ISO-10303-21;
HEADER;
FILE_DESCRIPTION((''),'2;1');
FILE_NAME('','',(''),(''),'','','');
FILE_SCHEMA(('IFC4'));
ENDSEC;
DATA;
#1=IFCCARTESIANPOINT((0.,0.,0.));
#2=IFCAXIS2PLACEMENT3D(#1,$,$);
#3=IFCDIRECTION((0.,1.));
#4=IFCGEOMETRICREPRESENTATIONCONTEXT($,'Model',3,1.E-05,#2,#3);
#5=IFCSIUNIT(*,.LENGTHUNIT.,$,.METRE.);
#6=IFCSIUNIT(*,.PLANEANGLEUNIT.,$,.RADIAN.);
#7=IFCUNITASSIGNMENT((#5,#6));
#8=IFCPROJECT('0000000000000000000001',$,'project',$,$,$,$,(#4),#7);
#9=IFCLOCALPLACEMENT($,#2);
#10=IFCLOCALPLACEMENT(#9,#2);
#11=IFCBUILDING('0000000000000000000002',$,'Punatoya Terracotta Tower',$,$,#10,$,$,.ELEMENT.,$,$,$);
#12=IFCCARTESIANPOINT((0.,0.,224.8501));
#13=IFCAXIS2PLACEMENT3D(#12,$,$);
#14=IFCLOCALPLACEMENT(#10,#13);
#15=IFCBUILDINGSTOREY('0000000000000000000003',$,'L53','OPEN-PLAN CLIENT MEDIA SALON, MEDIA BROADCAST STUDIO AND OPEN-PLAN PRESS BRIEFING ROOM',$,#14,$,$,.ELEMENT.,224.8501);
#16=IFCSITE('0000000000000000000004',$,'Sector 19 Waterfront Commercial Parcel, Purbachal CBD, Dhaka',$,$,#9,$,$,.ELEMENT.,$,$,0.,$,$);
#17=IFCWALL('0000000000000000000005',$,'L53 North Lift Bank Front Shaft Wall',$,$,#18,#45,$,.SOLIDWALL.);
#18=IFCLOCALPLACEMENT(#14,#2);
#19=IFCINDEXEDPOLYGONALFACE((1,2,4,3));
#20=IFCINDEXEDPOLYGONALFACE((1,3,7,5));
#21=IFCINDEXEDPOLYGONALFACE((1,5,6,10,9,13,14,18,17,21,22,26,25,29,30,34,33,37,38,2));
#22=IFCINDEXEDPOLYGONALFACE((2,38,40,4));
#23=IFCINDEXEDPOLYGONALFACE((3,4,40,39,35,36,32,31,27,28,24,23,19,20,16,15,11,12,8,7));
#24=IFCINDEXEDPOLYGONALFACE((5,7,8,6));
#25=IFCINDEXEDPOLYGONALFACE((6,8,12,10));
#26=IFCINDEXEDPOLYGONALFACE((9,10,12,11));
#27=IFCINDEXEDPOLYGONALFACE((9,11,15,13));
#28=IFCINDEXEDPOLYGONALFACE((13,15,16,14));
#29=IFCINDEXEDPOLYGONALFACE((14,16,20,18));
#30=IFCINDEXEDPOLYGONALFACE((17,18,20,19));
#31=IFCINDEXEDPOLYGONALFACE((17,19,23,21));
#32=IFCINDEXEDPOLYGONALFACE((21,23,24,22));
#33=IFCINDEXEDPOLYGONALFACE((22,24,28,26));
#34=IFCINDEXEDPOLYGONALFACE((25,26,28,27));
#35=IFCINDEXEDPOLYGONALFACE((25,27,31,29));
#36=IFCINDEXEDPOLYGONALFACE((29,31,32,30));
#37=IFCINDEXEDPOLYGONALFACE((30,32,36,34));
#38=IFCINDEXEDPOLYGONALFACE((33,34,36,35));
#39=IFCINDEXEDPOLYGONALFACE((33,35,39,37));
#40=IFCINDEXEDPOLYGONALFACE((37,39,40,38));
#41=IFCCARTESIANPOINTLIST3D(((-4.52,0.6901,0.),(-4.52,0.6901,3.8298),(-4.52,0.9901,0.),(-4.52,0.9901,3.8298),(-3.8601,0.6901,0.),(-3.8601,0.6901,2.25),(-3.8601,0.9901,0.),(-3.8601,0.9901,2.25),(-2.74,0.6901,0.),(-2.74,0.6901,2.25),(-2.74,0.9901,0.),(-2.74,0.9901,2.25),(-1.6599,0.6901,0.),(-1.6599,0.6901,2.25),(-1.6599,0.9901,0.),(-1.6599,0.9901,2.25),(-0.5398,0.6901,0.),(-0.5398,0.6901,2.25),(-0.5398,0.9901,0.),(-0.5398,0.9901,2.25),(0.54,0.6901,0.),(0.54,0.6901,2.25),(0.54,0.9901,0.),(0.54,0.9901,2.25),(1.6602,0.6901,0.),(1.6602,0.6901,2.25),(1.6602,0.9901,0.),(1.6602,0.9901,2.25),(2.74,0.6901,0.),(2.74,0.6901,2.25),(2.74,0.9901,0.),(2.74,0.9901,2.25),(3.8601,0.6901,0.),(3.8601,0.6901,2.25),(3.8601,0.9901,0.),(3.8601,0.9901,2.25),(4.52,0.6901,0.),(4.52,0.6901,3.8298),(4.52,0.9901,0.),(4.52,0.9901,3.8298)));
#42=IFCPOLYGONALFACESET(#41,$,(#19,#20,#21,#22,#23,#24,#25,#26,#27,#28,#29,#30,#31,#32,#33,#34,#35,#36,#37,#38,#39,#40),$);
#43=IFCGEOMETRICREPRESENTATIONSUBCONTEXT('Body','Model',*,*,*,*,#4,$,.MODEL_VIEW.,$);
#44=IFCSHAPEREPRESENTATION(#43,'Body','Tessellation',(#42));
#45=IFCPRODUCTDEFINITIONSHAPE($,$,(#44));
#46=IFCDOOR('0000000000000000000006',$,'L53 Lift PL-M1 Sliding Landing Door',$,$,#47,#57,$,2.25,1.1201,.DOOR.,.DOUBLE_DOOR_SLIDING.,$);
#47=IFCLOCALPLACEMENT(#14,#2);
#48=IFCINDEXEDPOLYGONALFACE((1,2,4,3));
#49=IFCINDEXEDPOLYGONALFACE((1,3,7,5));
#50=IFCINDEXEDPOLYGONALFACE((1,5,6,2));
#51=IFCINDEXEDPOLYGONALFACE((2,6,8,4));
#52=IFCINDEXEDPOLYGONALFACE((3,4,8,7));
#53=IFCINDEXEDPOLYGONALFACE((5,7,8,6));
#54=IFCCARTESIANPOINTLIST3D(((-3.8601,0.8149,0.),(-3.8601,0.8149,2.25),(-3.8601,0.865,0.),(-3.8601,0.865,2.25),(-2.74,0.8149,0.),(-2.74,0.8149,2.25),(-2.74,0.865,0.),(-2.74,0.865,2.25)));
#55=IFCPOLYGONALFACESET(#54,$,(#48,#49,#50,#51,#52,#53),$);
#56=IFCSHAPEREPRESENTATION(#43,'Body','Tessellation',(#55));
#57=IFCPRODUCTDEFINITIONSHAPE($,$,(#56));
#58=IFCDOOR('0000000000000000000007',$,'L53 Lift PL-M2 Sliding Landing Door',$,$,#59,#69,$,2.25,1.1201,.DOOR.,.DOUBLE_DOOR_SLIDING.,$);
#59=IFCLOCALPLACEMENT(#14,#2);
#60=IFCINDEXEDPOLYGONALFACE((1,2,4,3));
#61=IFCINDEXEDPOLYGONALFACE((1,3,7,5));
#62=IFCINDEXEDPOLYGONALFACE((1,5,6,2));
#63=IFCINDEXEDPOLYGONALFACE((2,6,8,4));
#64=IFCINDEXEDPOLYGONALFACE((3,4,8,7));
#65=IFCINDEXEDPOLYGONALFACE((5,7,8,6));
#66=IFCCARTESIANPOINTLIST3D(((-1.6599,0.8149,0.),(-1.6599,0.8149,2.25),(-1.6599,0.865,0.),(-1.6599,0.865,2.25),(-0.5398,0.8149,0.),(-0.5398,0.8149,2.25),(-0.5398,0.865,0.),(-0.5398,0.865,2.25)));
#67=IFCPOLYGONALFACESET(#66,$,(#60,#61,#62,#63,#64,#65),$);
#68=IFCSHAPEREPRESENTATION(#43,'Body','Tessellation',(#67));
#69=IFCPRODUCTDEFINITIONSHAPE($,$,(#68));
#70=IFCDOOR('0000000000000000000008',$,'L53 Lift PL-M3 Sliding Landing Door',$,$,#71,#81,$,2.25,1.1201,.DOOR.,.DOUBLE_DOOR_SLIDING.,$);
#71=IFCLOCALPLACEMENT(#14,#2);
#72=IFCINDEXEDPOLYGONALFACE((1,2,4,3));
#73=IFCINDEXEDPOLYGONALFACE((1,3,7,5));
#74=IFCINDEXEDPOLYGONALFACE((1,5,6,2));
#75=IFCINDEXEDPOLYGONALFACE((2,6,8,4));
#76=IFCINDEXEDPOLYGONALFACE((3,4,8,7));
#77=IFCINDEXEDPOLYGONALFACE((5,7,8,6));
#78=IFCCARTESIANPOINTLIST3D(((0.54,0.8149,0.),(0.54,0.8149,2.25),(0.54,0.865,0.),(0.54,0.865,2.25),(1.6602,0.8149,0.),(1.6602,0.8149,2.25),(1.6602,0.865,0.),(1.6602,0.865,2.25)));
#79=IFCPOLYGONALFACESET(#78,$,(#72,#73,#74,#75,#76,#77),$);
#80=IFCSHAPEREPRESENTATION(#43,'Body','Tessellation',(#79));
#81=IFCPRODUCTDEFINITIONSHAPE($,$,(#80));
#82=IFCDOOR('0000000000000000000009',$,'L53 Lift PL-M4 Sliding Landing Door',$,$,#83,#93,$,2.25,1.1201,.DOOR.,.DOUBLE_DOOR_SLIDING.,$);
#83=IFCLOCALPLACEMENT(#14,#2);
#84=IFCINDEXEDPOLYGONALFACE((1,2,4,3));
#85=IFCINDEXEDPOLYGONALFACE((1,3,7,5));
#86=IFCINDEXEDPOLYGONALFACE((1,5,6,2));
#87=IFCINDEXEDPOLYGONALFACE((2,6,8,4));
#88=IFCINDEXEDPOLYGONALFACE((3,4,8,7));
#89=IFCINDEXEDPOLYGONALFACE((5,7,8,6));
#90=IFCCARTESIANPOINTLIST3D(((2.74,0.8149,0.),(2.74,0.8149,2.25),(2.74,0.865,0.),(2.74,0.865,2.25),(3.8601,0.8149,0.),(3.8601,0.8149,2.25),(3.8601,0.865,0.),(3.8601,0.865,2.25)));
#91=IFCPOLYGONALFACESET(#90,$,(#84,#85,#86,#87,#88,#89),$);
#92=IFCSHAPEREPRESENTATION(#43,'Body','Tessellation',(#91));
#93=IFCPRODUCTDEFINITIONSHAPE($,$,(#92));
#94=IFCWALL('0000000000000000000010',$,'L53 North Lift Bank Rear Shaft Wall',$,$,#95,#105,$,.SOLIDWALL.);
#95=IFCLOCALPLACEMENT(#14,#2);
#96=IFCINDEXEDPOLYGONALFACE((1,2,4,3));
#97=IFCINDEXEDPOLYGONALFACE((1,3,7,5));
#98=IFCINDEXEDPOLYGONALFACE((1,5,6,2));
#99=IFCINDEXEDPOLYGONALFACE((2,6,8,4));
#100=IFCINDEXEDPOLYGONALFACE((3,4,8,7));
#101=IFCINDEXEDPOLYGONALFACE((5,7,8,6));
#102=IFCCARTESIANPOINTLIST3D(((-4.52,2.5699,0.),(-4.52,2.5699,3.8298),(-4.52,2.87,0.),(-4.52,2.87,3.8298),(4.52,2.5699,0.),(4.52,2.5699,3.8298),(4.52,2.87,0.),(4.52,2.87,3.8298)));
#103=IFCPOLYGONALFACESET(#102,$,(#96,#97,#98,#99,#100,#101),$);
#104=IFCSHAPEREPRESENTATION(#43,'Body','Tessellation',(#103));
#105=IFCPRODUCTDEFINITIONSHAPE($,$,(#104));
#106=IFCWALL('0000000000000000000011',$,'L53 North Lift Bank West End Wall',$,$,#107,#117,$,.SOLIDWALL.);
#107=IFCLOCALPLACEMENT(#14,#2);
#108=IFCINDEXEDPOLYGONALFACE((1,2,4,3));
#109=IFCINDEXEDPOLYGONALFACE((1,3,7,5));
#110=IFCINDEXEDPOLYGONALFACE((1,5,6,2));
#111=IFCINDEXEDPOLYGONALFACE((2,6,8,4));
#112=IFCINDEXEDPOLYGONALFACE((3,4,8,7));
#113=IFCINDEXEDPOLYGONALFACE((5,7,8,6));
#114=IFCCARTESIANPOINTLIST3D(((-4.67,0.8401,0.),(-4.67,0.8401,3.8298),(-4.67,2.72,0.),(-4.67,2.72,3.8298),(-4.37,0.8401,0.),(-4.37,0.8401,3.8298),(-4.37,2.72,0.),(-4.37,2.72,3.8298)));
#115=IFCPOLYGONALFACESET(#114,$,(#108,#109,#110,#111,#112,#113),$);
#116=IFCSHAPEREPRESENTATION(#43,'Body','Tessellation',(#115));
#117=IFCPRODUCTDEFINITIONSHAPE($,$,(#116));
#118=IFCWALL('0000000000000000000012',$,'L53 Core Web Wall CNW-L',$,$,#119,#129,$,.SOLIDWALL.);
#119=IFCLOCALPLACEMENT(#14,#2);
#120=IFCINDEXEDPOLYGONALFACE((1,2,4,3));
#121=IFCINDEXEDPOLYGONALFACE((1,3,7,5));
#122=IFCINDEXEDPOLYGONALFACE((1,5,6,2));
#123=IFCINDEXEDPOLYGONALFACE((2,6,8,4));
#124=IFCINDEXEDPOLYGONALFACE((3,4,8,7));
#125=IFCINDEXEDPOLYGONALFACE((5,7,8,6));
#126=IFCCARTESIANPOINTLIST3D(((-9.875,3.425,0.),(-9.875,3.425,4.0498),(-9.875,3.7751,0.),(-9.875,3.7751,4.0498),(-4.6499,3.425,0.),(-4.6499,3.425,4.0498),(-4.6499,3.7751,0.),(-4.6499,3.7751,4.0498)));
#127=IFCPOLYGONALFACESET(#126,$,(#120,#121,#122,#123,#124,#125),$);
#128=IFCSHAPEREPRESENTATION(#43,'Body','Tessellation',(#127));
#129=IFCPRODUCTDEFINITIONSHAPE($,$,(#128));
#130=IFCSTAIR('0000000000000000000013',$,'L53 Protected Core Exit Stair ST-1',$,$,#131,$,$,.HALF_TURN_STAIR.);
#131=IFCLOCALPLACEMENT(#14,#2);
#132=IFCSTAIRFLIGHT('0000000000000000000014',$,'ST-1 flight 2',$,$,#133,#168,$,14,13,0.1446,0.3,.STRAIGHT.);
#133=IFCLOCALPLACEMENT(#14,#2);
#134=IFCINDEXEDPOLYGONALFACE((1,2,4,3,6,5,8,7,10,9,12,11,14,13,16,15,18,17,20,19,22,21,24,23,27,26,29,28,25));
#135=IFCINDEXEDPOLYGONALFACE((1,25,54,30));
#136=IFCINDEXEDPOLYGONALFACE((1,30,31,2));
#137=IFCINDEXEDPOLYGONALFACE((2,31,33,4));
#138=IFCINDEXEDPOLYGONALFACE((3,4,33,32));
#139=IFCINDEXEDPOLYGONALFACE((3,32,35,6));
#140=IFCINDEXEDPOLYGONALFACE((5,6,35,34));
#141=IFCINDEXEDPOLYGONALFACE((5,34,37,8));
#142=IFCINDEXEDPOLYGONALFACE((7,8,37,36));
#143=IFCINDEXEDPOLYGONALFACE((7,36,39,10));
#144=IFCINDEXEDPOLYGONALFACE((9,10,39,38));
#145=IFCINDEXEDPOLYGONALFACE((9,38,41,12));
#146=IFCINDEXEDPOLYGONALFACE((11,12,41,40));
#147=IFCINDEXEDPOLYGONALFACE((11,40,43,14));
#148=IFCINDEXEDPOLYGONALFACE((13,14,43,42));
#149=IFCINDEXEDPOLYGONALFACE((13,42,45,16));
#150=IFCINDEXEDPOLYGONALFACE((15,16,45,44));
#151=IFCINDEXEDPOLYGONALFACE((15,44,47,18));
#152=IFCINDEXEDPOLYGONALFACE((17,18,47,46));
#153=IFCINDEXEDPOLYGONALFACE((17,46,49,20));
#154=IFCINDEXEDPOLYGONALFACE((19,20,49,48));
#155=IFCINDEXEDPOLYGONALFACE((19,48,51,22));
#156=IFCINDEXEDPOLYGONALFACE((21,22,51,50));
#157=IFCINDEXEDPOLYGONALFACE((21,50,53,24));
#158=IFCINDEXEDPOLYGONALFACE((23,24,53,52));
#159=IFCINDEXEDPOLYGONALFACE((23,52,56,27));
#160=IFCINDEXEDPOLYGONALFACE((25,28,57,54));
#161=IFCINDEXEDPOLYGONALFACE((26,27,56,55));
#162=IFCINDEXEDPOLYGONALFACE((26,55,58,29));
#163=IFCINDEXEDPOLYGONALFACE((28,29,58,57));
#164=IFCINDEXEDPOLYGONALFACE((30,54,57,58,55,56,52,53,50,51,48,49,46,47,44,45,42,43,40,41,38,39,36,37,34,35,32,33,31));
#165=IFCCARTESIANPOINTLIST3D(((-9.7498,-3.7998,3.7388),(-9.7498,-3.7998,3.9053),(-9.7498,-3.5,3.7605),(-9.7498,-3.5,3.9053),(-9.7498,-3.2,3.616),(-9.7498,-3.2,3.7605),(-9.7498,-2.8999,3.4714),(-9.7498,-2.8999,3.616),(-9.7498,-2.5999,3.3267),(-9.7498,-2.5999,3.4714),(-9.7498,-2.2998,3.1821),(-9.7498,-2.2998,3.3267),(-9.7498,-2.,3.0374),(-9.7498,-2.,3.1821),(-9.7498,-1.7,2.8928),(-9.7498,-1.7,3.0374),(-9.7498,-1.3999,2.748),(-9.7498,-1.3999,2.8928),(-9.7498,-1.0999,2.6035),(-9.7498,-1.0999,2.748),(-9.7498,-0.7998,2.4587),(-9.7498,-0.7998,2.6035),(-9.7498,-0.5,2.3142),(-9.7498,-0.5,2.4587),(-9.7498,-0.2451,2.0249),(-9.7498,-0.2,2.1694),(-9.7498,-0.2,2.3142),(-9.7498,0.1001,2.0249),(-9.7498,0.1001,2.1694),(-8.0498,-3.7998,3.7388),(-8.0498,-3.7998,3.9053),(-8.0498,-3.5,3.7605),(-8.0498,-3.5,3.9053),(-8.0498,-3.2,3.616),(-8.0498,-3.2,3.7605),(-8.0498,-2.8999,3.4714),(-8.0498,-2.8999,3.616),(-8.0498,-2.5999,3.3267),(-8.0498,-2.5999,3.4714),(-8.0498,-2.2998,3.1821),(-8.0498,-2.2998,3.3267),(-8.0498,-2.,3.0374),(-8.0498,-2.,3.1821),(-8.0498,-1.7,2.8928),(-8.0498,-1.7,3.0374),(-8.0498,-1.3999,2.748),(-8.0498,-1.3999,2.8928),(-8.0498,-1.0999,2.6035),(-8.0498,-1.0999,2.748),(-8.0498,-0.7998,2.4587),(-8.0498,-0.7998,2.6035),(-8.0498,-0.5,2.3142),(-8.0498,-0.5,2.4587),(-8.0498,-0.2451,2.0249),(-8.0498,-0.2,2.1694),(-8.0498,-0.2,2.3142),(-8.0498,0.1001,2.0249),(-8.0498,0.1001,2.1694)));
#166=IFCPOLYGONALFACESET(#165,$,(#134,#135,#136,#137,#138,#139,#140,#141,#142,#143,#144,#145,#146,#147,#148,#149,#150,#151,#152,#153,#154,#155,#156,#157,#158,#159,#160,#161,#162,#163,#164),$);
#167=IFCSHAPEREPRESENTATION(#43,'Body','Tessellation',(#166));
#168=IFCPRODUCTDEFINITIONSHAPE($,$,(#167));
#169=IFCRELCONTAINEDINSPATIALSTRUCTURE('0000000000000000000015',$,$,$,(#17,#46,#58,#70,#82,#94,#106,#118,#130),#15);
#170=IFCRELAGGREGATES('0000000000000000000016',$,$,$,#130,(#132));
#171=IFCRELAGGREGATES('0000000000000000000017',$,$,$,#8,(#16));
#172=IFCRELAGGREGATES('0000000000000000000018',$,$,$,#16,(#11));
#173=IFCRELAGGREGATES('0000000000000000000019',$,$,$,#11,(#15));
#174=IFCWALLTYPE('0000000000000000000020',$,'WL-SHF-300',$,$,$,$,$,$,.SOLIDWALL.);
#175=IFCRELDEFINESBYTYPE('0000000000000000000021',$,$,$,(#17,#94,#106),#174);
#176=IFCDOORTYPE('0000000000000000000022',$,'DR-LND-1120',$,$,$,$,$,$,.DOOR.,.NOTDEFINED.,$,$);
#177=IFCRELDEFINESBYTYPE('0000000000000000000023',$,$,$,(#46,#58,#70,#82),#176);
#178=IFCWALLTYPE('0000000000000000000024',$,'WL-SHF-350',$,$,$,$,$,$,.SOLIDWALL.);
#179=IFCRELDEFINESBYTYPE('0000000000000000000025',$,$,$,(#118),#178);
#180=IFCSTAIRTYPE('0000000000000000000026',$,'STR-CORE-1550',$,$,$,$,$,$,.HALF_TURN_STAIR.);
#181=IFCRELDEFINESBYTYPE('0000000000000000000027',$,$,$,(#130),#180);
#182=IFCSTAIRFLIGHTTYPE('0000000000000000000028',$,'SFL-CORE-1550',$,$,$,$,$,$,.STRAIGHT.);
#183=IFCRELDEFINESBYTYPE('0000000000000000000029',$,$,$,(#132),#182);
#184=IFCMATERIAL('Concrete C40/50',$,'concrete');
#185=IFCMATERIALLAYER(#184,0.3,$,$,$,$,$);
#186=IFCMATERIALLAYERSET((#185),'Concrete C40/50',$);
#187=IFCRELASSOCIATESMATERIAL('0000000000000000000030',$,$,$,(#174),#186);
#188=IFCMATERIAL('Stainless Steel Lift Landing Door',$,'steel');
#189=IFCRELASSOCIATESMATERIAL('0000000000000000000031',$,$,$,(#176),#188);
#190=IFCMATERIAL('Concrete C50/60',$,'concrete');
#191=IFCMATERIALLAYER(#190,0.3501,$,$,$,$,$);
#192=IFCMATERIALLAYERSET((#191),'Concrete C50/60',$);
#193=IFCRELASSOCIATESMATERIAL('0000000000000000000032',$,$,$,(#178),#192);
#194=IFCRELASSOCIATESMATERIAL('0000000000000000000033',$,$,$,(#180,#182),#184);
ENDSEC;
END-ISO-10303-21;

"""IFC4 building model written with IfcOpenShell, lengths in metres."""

from ifc_helpers import new_model, si_unit, direction, frame, frame_2d, origin, place, context, subcontext, project, spatial, polyline, rectangle, outline, extrude, material, layer, layer_set, type_object, element, fill, aggregate, save


model = new_model("IFC4")

# Units and contexts
model_context = context("Model", 3, precision=1e-05, world=origin(), true_north=direction((0.0, 1.0)))
body_context = subcontext(model_context, "Body", "Model", "MODEL_VIEW")
ifc_project = project(units=[si_unit("LENGTHUNIT", "METRE"), si_unit("PLANEANGLEUNIT", "RADIAN")], contexts=[model_context])

# Site, building, storey
site_placement = place(None, origin())
site = spatial("IfcSite", under=ifc_project, at=site_placement, Name="Sector 19 Waterfront Commercial Parcel, Purbachal CBD, Dhaka", CompositionType="ELEMENT", RefElevation=0.0)
building_placement = place(site_placement, origin())
building = spatial("IfcBuilding", under=site, at=building_placement, Name="Punatoya Terracotta Tower", CompositionType="ELEMENT")
storey_placement = place(building_placement, frame((0.0, 0.0, 224.8501)))
storey = spatial("IfcBuildingStorey", under=building, at=storey_placement, Name="L53", Description="OPEN-PLAN CLIENT MEDIA SALON, MEDIA BROADCAST STUDIO AND OPEN-PLAN PRESS BRIEFING ROOM", CompositionType="ELEMENT", Elevation=224.8501)

# Shared definitions
ifc_material_1 = material(Name="Concrete C40/50", Category="concrete")

# Shared definitions
ifc_layer_1 = layer(ifc_material_1, 0.3)
ifc_layer_set_1 = layer_set([ifc_layer_1], Name="Concrete C40/50")
wall_type_1 = type_object("IfcWallType", Name="WL-SHF-300", PredefinedType="SOLIDWALL", material=ifc_layer_set_1)

# Wall, openings, doors
wall_1_placement = place(storey_placement, frame((-4.52, 0.8401, 0.0), z_axis=(0.0, 0.0, 1.0), x_axis=(1.0, 0.0, 0.0)))
wall_1 = element("IfcWall", 1, at=wall_1_placement, inside=storey, type_object=wall_type_1, Name="L53 North Lift Bank Front Shaft Wall", PredefinedType="SOLIDWALL", context=body_context, shape_type="SweptSolid", body=[
    extrude(rectangle(XDim=9.04, YDim=0.3, at=frame_2d((4.52, 0.0))), origin(), (0.0, 0.0, 1.0), 3.8298),
])
opening_1_placement = place(wall_1_placement, frame((0.6599, 0.0, 0.0)))
opening_1 = element("IfcOpeningElement", 2, at=opening_1_placement, cuts=wall_1, PredefinedType="OPENING", context=body_context, shape_type="SweptSolid", body=[
    extrude(rectangle(XDim=1.1201, YDim=2.25, at=frame_2d((0.5601, 1.125))), frame((0.0, 0.1599, 0.0), z_axis=(0.0, -1.0, 0.0), x_axis=(1.0, 0.0, 0.0)), (0.0, 0.0, 1.0), 0.3201),
])
opening_2_placement = place(wall_1_placement, frame((2.8601, 0.0, 0.0)))
opening_2 = element("IfcOpeningElement", 3, at=opening_2_placement, cuts=wall_1, PredefinedType="OPENING", context=body_context, shape_type="SweptSolid", body=[
    extrude(rectangle(XDim=1.1201, YDim=2.25, at=frame_2d((0.5601, 1.125))), frame((0.0, 0.1599, 0.0), z_axis=(0.0, -1.0, 0.0), x_axis=(1.0, 0.0, 0.0)), (0.0, 0.0, 1.0), 0.3201),
])
opening_3_placement = place(wall_1_placement, frame((5.0601, 0.0, 0.0)))
opening_3 = element("IfcOpeningElement", 4, at=opening_3_placement, cuts=wall_1, PredefinedType="OPENING", context=body_context, shape_type="SweptSolid", body=[
    extrude(rectangle(XDim=1.1201, YDim=2.25, at=frame_2d((0.5601, 1.125))), frame((0.0, 0.1599, 0.0), z_axis=(0.0, -1.0, 0.0), x_axis=(1.0, 0.0, 0.0)), (0.0, 0.0, 1.0), 0.3201),
])
opening_4_placement = place(wall_1_placement, frame((7.26, 0.0, 0.0)))
opening_4 = element("IfcOpeningElement", 5, at=opening_4_placement, cuts=wall_1, PredefinedType="OPENING", context=body_context, shape_type="SweptSolid", body=[
    extrude(rectangle(XDim=1.1201, YDim=2.25, at=frame_2d((0.5601, 1.125))), frame((0.0, 0.1599, 0.0), z_axis=(0.0, -1.0, 0.0), x_axis=(1.0, 0.0, 0.0)), (0.0, 0.0, 1.0), 0.3201),
])
ifc_material_2 = material(Name="Stainless Steel Lift Landing Door", Category="steel")
door_type_1 = type_object("IfcDoorType", Name="DR-LND-1120", OperationType="NOTDEFINED", PredefinedType="DOOR", material=ifc_material_2)
door_1_placement = place(opening_1_placement, origin())
door_1 = element("IfcDoor", 6, at=door_1_placement, inside=storey, type_object=door_type_1, Name="L53 Lift PL-M1 Sliding Landing Door", OperationType="DOUBLE_DOOR_SLIDING", OverallHeight=2.25, OverallWidth=1.1201, PredefinedType="DOOR", context=body_context, shape_type="SweptSolid", body=[
    extrude(rectangle(XDim=1.1201, YDim=2.25, at=frame_2d((0.5601, 1.125))), frame((0.0, 0.0249, 0.0), z_axis=(0.0, -1.0, 0.0), x_axis=(1.0, 0.0, 0.0)), (0.0, 0.0, 1.0), 0.05),
])
fill(opening_1, door_1)
door_2_placement = place(opening_2_placement, origin())
door_2 = element("IfcDoor", 7, at=door_2_placement, inside=storey, type_object=door_type_1, Name="L53 Lift PL-M2 Sliding Landing Door", OperationType="DOUBLE_DOOR_SLIDING", OverallHeight=2.25, OverallWidth=1.1201, PredefinedType="DOOR", context=body_context, shape_type="SweptSolid", body=[
    extrude(rectangle(XDim=1.1201, YDim=2.25, at=frame_2d((0.5601, 1.125))), frame((0.0, 0.0249, 0.0), z_axis=(0.0, -1.0, 0.0), x_axis=(1.0, 0.0, 0.0)), (0.0, 0.0, 1.0), 0.05),
])
fill(opening_2, door_2)
door_3_placement = place(opening_3_placement, origin())
door_3 = element("IfcDoor", 8, at=door_3_placement, inside=storey, type_object=door_type_1, Name="L53 Lift PL-M3 Sliding Landing Door", OperationType="DOUBLE_DOOR_SLIDING", OverallHeight=2.25, OverallWidth=1.1201, PredefinedType="DOOR", context=body_context, shape_type="SweptSolid", body=[
    extrude(rectangle(XDim=1.1201, YDim=2.25, at=frame_2d((0.5601, 1.125))), frame((0.0, 0.0249, 0.0), z_axis=(0.0, -1.0, 0.0), x_axis=(1.0, 0.0, 0.0)), (0.0, 0.0, 1.0), 0.05),
])
fill(opening_3, door_3)
door_4_placement = place(opening_4_placement, origin())
door_4 = element("IfcDoor", 9, at=door_4_placement, inside=storey, type_object=door_type_1, Name="L53 Lift PL-M4 Sliding Landing Door", OperationType="DOUBLE_DOOR_SLIDING", OverallHeight=2.25, OverallWidth=1.1201, PredefinedType="DOOR", context=body_context, shape_type="SweptSolid", body=[
    extrude(rectangle(XDim=1.1201, YDim=2.25, at=frame_2d((0.5601, 1.125))), frame((0.0, 0.0249, 0.0), z_axis=(0.0, -1.0, 0.0), x_axis=(1.0, 0.0, 0.0)), (0.0, 0.0, 1.0), 0.05),
])
fill(opening_4, door_4)

# Walls
wall_2_placement = place(storey_placement, frame((-4.52, 2.72, 0.0), z_axis=(0.0, 0.0, 1.0), x_axis=(1.0, 0.0, 0.0)))
element("IfcWall", 10, at=wall_2_placement, inside=storey, type_object=wall_type_1, Name="L53 North Lift Bank Rear Shaft Wall", PredefinedType="SOLIDWALL", context=body_context, shape_type="SweptSolid", body=[
    extrude(rectangle(XDim=9.04, YDim=0.3, at=frame_2d((4.52, 0.0))), origin(), (0.0, 0.0, 1.0), 3.8298),
])
wall_3_placement = place(storey_placement, frame((-4.52, 0.8401, 0.0), z_axis=(0.0, 0.0, 1.0), x_axis=(0.0, 1.0, 0.0)))
element("IfcWall", 11, at=wall_3_placement, inside=storey, type_object=wall_type_1, Name="L53 North Lift Bank West End Wall", PredefinedType="SOLIDWALL", context=body_context, shape_type="SweptSolid", body=[
    extrude(rectangle(XDim=1.8799, YDim=0.3, at=frame_2d((0.9399, 0.0))), origin(), (0.0, 0.0, 1.0), 3.8298),
])
ifc_material_3 = material(Name="Concrete C50/60", Category="concrete")
ifc_layer_2 = layer(ifc_material_3, 0.3501)
ifc_layer_set_2 = layer_set([ifc_layer_2], Name="Concrete C50/60")
wall_type_2 = type_object("IfcWallType", Name="WL-SHF-350", PredefinedType="SOLIDWALL", material=ifc_layer_set_2)
wall_4_placement = place(storey_placement, frame((-9.875, 3.6001, 0.0), z_axis=(0.0, 0.0, 1.0), x_axis=(1.0, 0.0, 0.0)))
element("IfcWall", 12, at=wall_4_placement, inside=storey, type_object=wall_type_2, Name="L53 Core Web Wall CNW-L", PredefinedType="SOLIDWALL", context=body_context, shape_type="SweptSolid", body=[
    extrude(rectangle(XDim=5.2251, YDim=0.3501, at=frame_2d((2.6125, 0.0))), origin(), (0.0, 0.0, 1.0), 4.0498),
])

# Stair, stair flight
stair_type_1 = type_object("IfcStairType", Name="STR-CORE-1550", PredefinedType="HALF_TURN_STAIR", material=ifc_material_1)
stair_1_placement = place(storey_placement, origin())
stair_1 = element("IfcStair", 13, at=stair_1_placement, inside=storey, type_object=stair_type_1, Name="L53 Protected Core Exit Stair ST-1", PredefinedType="HALF_TURN_STAIR")
stair_flight_type_1 = type_object("IfcStairFlightType", Name="SFL-CORE-1550", PredefinedType="STRAIGHT", material=ifc_material_1)
stair_flight_1_placement = place(storey_placement, frame((-8.8999, 0.1001, 2.0249), z_axis=(0.0, 0.0, 1.0), x_axis=(0.0, -1.0, 0.0)))
stair_flight_1 = element("IfcStairFlight", 14, at=stair_flight_1_placement, type_object=stair_flight_type_1, Name="ST-1 flight 2", NumberOfRisers=14, NumberOfTreads=13, PredefinedType="STRAIGHT", RiserHeight=0.1446, TreadLength=0.3, context=body_context, shape_type="SweptSolid", body=[
    extrude(outline(polyline([(0.0, 0.0), (0.0, 0.1445), (0.3, 0.1445), (0.3, 0.2893), (0.6001, 0.2893), (0.6001, 0.4338), (0.8999, 0.4338), (0.8999, 0.5786), (1.2, 0.5786), (1.2, 0.7231), (1.5, 0.7231), (1.5, 0.8679), (1.8, 0.8679), (1.8, 1.0125), (2.1001, 1.0125), (2.1001, 1.1572), (2.3999, 1.1572), (2.3999, 1.3018), (2.7, 1.3018), (2.7, 1.4465), (3.0, 1.4465), (3.0, 1.5911), (3.3, 1.5911), (3.3, 1.7356), (3.6001, 1.7356), (3.6001, 1.8804), (3.8999, 1.8804), (3.8999, 2.0249), (3.8999, 1.7139), (0.3452, 0.0), (0.0, 0.0)])), frame((0.0, 0.8501, 0.0), z_axis=(0.0, -1.0, 0.0), x_axis=(1.0, 0.0, 0.0)), (0.0, 0.0, 1.0), 1.7),
])
aggregate(stair_1, [stair_flight_1])

save(model, "model.ifc")
